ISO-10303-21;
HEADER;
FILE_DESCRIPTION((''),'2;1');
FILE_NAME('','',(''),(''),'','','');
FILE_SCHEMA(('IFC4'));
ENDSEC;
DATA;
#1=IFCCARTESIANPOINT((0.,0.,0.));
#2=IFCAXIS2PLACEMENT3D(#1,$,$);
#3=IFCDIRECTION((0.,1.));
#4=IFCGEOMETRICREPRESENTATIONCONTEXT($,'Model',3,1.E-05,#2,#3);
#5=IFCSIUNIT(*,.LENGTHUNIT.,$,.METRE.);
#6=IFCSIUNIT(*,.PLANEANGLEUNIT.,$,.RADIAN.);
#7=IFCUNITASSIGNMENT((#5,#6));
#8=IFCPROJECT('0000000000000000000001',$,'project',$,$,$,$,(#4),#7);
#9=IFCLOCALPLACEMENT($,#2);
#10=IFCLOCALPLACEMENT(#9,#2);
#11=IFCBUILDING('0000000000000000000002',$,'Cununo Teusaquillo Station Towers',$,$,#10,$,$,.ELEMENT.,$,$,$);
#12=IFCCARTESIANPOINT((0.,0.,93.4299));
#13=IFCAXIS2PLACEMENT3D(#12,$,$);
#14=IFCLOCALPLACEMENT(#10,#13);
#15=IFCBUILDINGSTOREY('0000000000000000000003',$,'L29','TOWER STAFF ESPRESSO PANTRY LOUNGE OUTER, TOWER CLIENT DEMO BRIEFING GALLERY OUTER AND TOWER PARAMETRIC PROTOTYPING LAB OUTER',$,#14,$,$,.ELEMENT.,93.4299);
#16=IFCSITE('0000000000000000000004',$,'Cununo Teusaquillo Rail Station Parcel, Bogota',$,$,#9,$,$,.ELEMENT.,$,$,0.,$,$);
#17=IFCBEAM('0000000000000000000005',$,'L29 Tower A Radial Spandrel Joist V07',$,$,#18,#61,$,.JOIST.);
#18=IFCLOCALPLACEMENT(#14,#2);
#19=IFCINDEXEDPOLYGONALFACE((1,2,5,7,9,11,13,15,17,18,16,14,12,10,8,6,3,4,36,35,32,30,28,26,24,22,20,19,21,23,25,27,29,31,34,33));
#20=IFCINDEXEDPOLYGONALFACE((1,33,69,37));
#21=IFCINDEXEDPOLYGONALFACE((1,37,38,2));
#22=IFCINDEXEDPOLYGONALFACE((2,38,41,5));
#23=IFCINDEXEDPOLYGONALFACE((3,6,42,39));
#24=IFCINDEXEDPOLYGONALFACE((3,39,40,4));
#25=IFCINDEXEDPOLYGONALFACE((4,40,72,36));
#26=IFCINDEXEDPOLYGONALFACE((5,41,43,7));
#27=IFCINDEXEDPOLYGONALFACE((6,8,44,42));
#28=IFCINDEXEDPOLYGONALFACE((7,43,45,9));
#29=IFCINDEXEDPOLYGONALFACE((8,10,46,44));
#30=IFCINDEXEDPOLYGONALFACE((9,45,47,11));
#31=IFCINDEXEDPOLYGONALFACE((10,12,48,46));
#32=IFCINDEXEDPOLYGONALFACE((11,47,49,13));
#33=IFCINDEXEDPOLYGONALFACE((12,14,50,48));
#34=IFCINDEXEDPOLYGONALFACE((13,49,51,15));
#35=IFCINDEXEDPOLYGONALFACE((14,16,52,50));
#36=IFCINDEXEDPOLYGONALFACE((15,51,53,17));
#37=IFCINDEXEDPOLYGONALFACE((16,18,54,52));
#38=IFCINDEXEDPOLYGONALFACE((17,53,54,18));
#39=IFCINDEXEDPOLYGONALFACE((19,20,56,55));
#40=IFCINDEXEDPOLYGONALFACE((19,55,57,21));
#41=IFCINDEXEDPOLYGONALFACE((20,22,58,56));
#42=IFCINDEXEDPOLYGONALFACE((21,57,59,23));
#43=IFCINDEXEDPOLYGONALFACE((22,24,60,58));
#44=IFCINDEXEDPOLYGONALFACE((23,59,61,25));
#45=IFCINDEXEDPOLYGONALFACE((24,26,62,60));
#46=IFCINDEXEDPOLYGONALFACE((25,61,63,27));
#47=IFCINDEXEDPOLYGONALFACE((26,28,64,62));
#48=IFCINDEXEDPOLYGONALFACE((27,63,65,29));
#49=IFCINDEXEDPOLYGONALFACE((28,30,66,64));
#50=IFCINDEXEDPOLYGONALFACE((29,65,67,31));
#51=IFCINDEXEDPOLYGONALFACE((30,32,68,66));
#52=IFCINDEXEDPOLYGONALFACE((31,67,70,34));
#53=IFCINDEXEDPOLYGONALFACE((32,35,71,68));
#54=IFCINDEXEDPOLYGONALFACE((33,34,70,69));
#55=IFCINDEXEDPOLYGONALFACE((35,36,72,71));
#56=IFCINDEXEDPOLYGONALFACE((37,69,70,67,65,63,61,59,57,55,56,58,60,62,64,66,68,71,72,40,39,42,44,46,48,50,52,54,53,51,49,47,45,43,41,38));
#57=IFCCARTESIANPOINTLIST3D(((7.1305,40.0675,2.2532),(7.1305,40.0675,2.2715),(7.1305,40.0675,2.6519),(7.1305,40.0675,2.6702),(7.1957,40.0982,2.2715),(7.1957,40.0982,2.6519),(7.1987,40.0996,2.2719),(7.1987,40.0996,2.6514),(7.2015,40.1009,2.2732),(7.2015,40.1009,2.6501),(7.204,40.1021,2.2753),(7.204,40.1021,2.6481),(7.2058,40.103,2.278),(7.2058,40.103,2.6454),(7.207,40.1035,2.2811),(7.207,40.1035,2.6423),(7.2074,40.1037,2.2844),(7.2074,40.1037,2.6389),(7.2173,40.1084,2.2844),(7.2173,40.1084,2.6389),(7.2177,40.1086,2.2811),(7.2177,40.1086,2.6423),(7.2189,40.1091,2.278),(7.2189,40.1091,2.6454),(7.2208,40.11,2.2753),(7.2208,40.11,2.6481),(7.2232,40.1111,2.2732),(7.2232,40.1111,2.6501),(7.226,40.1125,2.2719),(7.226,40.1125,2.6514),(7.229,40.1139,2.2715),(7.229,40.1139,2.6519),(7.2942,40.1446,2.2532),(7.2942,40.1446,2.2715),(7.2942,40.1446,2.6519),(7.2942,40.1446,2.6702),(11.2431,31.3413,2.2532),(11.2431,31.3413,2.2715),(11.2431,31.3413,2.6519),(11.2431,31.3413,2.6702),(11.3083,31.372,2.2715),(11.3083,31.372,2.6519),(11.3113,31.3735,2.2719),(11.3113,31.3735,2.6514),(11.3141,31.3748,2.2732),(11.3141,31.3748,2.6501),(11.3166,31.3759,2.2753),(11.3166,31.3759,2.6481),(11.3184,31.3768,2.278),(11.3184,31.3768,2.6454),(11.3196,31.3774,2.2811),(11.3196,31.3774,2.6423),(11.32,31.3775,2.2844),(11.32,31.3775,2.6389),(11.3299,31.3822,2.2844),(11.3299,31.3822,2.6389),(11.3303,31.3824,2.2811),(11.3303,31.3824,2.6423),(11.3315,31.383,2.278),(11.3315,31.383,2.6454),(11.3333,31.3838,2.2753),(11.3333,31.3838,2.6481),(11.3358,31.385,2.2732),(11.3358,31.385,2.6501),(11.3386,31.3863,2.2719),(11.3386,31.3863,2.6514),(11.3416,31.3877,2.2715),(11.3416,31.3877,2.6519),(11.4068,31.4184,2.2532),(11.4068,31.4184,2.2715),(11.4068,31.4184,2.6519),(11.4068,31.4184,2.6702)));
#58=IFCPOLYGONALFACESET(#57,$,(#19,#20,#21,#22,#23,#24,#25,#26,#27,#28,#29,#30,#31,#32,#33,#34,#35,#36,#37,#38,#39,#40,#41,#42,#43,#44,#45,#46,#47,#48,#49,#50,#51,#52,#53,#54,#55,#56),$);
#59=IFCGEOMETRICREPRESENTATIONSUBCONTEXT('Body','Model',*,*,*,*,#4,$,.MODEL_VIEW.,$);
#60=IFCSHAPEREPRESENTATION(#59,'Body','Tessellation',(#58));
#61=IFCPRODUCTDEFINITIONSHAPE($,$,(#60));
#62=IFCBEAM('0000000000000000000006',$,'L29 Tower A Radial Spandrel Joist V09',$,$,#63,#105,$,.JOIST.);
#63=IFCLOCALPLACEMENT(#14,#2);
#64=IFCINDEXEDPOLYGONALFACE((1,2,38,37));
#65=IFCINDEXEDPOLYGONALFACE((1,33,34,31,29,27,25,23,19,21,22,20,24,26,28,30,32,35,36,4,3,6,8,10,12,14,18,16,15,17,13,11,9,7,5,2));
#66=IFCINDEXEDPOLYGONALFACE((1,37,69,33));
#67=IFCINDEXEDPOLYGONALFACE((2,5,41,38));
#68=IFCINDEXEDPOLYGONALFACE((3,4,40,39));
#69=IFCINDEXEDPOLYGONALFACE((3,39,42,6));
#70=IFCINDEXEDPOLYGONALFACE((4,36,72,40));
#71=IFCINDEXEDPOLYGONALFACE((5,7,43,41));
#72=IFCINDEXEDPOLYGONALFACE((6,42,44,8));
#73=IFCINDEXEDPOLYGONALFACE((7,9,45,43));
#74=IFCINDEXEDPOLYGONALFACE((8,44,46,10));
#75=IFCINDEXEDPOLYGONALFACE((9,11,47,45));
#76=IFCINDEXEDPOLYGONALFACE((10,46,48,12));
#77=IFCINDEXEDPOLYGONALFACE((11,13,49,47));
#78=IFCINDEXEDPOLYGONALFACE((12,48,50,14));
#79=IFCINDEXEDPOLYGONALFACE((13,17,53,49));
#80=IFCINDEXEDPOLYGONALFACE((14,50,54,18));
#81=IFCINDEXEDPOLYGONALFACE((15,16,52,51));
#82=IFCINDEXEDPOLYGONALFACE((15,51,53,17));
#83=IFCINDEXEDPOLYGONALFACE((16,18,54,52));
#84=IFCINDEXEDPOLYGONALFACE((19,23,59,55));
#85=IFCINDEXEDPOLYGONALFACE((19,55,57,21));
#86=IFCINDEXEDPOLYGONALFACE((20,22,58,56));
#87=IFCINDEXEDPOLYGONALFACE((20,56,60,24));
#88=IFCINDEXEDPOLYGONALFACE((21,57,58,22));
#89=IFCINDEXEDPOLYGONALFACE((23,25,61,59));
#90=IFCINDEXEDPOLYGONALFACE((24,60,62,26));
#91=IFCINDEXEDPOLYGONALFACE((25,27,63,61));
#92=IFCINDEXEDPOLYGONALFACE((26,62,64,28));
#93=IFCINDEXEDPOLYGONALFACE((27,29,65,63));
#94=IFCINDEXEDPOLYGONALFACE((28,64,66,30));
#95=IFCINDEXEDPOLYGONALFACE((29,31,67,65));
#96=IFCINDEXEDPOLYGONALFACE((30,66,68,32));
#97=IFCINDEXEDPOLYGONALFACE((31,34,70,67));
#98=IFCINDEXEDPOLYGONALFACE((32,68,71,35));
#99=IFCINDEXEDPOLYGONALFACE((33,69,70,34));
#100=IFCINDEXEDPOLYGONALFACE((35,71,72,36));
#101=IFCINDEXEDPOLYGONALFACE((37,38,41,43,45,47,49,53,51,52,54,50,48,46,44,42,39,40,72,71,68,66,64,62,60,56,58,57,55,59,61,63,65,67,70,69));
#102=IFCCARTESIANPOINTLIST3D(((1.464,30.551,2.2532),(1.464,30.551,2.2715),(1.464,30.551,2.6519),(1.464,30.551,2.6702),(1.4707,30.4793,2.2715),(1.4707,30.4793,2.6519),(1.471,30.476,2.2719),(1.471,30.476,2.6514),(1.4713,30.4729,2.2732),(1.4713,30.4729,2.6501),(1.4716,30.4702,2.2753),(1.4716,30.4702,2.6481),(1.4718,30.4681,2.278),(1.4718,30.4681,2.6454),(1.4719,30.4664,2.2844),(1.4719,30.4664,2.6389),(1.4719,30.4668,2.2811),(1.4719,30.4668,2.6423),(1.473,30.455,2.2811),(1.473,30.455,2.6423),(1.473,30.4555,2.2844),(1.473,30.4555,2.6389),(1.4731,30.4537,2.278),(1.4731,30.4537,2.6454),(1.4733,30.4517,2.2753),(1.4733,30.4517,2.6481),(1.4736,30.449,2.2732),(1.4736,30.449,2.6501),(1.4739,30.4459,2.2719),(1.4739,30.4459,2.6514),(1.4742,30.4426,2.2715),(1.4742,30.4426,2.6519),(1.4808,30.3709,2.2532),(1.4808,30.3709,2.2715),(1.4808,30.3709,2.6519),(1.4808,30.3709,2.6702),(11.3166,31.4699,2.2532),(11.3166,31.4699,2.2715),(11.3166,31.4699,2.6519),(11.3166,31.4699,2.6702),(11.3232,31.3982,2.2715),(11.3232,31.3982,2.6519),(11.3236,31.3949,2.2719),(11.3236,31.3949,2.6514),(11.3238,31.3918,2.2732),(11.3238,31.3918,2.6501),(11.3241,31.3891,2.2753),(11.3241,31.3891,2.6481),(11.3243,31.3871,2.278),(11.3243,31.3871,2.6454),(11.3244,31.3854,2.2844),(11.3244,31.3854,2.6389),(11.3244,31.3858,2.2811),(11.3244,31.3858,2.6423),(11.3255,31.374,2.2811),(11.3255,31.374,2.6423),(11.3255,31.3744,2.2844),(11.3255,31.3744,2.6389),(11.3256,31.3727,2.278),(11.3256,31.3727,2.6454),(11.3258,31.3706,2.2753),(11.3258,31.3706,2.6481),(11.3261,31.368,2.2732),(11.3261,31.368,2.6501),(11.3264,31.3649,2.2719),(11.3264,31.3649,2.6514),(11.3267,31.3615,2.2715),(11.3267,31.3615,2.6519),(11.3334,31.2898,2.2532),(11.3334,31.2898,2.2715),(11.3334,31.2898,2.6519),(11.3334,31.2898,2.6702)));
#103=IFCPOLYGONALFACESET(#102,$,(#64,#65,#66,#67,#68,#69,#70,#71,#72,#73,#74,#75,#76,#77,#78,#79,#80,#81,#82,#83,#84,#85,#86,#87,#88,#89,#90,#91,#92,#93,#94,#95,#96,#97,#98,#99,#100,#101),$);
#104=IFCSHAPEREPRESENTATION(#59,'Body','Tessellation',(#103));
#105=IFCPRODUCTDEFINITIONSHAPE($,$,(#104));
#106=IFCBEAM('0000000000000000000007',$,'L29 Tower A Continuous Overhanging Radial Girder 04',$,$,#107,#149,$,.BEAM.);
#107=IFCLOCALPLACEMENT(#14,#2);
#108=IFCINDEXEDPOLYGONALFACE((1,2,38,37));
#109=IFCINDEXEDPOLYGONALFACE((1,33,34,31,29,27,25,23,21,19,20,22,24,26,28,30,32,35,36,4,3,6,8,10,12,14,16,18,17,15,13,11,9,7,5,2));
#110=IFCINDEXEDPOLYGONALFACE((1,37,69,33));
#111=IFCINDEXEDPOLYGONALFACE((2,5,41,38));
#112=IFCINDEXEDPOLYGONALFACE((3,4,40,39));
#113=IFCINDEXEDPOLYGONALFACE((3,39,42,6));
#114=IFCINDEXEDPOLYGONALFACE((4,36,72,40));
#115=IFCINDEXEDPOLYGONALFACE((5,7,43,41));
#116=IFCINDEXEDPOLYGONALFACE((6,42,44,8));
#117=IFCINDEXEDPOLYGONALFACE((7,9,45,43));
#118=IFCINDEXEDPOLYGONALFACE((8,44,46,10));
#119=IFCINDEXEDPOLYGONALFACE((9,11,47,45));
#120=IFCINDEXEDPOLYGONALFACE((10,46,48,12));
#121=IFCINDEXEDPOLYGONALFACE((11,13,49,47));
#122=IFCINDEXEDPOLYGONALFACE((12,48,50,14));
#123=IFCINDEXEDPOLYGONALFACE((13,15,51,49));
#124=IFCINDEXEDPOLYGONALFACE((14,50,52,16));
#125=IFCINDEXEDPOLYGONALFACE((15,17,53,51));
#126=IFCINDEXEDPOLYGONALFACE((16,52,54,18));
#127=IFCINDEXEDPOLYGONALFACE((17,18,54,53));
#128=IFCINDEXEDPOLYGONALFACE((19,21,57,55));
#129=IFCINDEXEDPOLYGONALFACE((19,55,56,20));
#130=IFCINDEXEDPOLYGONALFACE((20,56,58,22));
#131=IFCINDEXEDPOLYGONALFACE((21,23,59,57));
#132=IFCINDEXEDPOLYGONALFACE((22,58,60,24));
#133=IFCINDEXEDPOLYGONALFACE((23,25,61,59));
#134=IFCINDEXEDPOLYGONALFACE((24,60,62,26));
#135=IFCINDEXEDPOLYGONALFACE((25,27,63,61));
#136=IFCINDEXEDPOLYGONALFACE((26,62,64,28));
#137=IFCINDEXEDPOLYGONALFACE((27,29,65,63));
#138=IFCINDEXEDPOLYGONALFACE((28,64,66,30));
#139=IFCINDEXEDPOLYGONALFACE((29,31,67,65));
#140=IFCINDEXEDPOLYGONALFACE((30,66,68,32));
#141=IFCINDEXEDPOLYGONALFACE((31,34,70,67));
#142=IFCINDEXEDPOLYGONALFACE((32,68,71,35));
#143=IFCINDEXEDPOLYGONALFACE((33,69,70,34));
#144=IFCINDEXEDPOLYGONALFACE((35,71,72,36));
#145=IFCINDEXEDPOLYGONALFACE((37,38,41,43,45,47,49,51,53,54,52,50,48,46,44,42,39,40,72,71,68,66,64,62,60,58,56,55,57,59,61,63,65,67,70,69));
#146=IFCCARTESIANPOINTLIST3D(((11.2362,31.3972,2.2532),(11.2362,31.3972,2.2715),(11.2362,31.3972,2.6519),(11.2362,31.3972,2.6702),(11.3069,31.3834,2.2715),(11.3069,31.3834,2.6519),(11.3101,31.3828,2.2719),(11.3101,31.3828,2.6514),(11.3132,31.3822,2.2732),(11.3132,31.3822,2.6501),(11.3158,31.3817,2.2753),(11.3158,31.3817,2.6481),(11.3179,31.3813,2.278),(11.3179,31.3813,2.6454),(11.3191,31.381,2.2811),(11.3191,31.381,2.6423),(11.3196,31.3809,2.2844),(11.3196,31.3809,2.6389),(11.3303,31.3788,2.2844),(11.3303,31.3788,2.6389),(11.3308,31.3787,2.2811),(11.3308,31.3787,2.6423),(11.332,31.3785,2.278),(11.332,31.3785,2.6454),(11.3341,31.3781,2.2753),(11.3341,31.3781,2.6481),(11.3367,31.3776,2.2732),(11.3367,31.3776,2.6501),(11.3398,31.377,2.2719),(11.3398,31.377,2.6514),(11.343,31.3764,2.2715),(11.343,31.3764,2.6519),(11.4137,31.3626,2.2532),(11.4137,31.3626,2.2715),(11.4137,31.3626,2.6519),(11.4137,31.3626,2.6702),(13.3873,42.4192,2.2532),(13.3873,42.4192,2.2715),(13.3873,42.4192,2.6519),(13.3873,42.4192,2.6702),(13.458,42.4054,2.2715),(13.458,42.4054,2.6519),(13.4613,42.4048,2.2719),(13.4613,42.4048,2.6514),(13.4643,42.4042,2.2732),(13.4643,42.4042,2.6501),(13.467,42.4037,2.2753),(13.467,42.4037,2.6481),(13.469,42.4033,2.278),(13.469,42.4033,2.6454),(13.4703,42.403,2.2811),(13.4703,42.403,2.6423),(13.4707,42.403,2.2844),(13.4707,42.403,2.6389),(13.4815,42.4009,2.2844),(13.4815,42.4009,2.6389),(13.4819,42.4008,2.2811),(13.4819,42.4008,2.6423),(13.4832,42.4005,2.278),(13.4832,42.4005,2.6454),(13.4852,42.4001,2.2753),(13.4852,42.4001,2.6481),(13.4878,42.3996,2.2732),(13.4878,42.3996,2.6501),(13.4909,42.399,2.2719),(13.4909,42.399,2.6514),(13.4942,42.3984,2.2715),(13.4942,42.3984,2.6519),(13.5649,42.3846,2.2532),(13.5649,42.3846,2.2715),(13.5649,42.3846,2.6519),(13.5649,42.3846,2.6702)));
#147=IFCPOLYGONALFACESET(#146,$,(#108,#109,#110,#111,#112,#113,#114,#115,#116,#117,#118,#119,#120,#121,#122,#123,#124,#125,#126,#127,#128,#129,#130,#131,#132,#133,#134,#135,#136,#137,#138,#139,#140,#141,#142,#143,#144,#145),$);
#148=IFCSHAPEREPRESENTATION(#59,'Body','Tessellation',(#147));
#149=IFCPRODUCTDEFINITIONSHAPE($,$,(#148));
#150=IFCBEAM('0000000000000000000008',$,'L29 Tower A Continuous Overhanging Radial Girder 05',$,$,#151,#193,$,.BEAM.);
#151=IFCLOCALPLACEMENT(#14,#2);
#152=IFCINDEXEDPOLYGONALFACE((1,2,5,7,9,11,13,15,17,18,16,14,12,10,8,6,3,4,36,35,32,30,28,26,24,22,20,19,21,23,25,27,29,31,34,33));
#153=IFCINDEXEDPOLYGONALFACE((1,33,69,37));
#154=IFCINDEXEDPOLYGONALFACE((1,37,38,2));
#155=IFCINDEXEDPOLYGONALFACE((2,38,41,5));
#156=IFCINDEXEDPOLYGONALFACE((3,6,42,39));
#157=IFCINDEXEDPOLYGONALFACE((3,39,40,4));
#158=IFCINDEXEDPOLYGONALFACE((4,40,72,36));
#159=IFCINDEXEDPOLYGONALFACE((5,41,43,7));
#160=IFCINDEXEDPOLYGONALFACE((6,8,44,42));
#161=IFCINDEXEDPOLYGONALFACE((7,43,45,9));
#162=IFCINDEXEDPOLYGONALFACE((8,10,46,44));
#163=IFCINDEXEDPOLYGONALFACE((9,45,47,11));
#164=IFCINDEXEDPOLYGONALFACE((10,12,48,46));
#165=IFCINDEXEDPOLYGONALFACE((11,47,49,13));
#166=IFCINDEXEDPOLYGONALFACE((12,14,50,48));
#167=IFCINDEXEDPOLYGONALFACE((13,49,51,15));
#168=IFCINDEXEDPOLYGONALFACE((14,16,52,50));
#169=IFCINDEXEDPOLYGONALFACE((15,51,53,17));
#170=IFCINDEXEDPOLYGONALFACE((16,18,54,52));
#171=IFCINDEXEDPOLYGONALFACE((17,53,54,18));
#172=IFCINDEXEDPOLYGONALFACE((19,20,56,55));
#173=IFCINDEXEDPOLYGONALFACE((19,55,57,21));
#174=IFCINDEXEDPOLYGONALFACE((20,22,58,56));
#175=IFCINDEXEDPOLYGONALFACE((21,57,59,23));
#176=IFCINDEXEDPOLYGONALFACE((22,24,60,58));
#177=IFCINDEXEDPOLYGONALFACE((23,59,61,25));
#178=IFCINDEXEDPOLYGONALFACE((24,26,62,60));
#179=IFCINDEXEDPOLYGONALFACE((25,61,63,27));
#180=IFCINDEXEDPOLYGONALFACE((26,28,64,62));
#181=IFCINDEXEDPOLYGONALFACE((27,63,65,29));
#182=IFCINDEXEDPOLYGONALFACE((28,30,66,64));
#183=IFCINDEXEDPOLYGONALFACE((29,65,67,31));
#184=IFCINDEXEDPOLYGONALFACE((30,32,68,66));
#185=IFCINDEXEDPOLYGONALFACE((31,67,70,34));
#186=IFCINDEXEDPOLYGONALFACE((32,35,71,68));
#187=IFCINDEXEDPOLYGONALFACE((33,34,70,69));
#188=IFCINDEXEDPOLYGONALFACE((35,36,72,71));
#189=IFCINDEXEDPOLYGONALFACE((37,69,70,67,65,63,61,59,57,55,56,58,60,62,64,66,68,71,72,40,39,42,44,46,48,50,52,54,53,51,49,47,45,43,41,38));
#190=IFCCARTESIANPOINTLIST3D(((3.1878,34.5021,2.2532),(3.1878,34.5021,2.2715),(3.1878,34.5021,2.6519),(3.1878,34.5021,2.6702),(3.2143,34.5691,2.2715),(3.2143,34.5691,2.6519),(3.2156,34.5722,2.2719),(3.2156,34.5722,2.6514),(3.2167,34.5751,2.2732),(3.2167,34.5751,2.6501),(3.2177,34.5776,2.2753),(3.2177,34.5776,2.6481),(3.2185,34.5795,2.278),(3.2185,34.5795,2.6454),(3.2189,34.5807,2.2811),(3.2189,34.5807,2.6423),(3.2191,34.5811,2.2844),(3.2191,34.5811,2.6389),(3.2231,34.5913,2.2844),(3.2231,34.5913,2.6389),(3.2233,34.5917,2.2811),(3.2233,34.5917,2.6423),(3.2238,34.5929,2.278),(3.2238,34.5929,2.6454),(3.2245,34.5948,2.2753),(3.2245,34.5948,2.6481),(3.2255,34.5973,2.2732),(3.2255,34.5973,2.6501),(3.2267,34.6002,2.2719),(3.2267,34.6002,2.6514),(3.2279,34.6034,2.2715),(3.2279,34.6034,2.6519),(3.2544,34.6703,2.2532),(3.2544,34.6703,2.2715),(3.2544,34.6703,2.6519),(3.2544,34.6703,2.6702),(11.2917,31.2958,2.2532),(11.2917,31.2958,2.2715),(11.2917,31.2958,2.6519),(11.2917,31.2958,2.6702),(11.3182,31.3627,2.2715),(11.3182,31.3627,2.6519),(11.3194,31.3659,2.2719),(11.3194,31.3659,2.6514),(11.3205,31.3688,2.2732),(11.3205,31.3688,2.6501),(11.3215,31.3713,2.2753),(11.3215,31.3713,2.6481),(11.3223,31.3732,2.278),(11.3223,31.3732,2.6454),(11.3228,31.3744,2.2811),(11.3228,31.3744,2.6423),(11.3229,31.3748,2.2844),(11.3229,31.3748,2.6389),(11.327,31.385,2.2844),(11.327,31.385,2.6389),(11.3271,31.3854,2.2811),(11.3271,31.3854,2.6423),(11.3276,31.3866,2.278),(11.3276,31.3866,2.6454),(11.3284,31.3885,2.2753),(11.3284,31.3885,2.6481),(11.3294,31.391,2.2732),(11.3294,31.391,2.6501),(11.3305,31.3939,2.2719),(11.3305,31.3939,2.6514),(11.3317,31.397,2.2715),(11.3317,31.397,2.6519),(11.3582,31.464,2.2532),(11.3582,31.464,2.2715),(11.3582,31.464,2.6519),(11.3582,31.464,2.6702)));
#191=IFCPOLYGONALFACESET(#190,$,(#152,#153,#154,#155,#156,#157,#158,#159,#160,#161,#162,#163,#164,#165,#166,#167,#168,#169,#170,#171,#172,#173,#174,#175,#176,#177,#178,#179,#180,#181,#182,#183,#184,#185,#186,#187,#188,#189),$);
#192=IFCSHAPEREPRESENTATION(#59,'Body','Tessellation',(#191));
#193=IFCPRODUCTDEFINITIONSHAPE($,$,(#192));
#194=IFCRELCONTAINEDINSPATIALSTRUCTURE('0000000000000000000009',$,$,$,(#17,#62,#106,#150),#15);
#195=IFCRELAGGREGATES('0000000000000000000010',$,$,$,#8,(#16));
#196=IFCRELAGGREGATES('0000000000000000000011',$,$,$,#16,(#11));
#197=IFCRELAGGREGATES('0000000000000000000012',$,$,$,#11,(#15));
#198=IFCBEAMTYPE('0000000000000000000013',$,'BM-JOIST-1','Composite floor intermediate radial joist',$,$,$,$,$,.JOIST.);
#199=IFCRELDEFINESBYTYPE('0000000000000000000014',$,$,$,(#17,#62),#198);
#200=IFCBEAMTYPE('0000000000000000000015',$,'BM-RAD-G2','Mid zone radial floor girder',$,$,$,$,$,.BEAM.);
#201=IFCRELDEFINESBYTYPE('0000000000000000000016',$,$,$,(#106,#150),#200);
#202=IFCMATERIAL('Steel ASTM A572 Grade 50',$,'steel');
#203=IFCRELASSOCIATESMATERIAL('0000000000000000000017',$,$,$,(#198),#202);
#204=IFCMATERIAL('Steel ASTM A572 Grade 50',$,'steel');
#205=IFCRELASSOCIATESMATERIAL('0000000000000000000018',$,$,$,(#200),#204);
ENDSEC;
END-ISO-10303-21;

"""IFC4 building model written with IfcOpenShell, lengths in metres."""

from ifc_helpers import new_model, si_unit, direction, frame, origin, origin_2d, place, context, subcontext, project, spatial, i_section, extrude, material, material_profile, profile_set, type_object, element, save


model = new_model("IFC4")

# Units and contexts
model_context = context("Model", 3, precision=1e-05, world=origin(), true_north=direction((0.0, 1.0)))
body_context = subcontext(model_context, "Body", "Model", "MODEL_VIEW")
ifc_project = project(units=[si_unit("LENGTHUNIT", "METRE"), si_unit("PLANEANGLEUNIT", "RADIAN")], contexts=[model_context])

# Site, building, storey
site_placement = place(None, origin())
site = spatial("IfcSite", under=ifc_project, at=site_placement, Name="Cununo Teusaquillo Rail Station Parcel, Bogota", CompositionType="ELEMENT", RefElevation=0.0)
building_placement = place(site_placement, origin())
building = spatial("IfcBuilding", under=site, at=building_placement, Name="Cununo Teusaquillo Station Towers", CompositionType="ELEMENT")
storey_placement = place(building_placement, frame((0.0, 0.0, 93.4299)))
storey = spatial("IfcBuildingStorey", under=building, at=storey_placement, Name="L29", Description="TOWER STAFF ESPRESSO PANTRY LOUNGE OUTER, TOWER CLIENT DEMO BRIEFING GALLERY OUTER AND TOWER PARAMETRIC PROTOTYPING LAB OUTER", CompositionType="ELEMENT", Elevation=93.4299)

# Beams
ifc_material_1 = material(Name="Steel ASTM A572 Grade 50", Category="steel")
ifc_material_profile_1 = material_profile(ifc_material_1, i_section(OverallWidth=0.1809, OverallDepth=0.417, WebThickness=0.011, FlangeThickness=0.0183, FilletRadius=0.0129, at=origin_2d()), Name="W16X57")
ifc_profile_set_1 = profile_set([ifc_material_profile_1], Name="Steel ASTM A572 Grade 50")
beam_type_1 = type_object("IfcBeamType", Name="BM-JOIST-1", Description="Composite floor intermediate radial joist", PredefinedType="JOIST", material=ifc_profile_set_1)
beam_1_placement = place(storey_placement, frame((11.325, 31.3799, 2.4617), z_axis=(-0.42632, 0.904572, 0.0), x_axis=(-0.904572, -0.42632, 0.0)))
element("IfcBeam", 1, at=beam_1_placement, inside=storey, type_object=beam_type_1, Name="L29 Tower A Radial Spandrel Joist V07", PredefinedType="JOIST", context=body_context, shape_type="SweptSolid", body=[
    extrude(i_section(OverallWidth=0.1809, OverallDepth=0.417, WebThickness=0.011, FlangeThickness=0.0183, FilletRadius=0.0129, at=origin_2d()), origin(), (0.0, 0.0, 1.0), 9.6467),
])
beam_2_placement = place(storey_placement, frame((11.325, 31.3799, 2.4617), z_axis=(-0.995679, -0.092867, 0.0), x_axis=(0.092867, -0.995679, 0.0)))
element("IfcBeam", 2, at=beam_2_placement, inside=storey, type_object=beam_type_1, Name="L29 Tower A Radial Spandrel Joist V09", PredefinedType="JOIST", context=body_context, shape_type="SweptSolid", body=[
    extrude(i_section(OverallWidth=0.1809, OverallDepth=0.417, WebThickness=0.011, FlangeThickness=0.0183, FilletRadius=0.0129, at=origin_2d()), origin(), (0.0, 0.0, 1.0), 9.8953),
])
ifc_material_2 = material(Name="Steel ASTM A572 Grade 50", Category="steel")
ifc_material_profile_2 = material_profile(ifc_material_2, i_section(OverallWidth=0.1809, OverallDepth=0.417, WebThickness=0.011, FlangeThickness=0.0183, FilletRadius=0.0129, at=origin_2d()), Name="W16X57")
ifc_profile_set_2 = profile_set([ifc_material_profile_2], Name="Steel ASTM A572 Grade 50")
beam_type_2 = type_object("IfcBeamType", Name="BM-RAD-G2", Description="Mid zone radial floor girder", PredefinedType="BEAM", material=ifc_profile_set_2)
beam_3_placement = place(storey_placement, frame((11.325, 31.3799, 2.4617), z_axis=(0.191553, 0.981482, 0.0), x_axis=(-0.981482, 0.191553, 0.0)))
element("IfcBeam", 3, at=beam_3_placement, inside=storey, type_object=beam_type_2, Name="L29 Tower A Continuous Overhanging Radial Girder 04", PredefinedType="BEAM", context=body_context, shape_type="SweptSolid", body=[
    extrude(i_section(OverallWidth=0.1809, OverallDepth=0.417, WebThickness=0.011, FlangeThickness=0.0183, FilletRadius=0.0129, at=origin_2d()), origin(), (0.0, 0.0, 1.0), 11.23),
])
beam_4_placement = place(storey_placement, frame((11.325, 31.3799, 2.4617), z_axis=(-0.929863, 0.367906, 0.0), x_axis=(-0.367906, -0.929863, 0.0)))
element("IfcBeam", 4, at=beam_4_placement, inside=storey, type_object=beam_type_2, Name="L29 Tower A Continuous Overhanging Radial Girder 05", PredefinedType="BEAM", context=body_context, shape_type="SweptSolid", body=[
    extrude(i_section(OverallWidth=0.1809, OverallDepth=0.417, WebThickness=0.011, FlangeThickness=0.0183, FilletRadius=0.0129, at=origin_2d()), origin(), (0.0, 0.0, 1.0), 8.7151),
])

save(model, "model.ifc")
